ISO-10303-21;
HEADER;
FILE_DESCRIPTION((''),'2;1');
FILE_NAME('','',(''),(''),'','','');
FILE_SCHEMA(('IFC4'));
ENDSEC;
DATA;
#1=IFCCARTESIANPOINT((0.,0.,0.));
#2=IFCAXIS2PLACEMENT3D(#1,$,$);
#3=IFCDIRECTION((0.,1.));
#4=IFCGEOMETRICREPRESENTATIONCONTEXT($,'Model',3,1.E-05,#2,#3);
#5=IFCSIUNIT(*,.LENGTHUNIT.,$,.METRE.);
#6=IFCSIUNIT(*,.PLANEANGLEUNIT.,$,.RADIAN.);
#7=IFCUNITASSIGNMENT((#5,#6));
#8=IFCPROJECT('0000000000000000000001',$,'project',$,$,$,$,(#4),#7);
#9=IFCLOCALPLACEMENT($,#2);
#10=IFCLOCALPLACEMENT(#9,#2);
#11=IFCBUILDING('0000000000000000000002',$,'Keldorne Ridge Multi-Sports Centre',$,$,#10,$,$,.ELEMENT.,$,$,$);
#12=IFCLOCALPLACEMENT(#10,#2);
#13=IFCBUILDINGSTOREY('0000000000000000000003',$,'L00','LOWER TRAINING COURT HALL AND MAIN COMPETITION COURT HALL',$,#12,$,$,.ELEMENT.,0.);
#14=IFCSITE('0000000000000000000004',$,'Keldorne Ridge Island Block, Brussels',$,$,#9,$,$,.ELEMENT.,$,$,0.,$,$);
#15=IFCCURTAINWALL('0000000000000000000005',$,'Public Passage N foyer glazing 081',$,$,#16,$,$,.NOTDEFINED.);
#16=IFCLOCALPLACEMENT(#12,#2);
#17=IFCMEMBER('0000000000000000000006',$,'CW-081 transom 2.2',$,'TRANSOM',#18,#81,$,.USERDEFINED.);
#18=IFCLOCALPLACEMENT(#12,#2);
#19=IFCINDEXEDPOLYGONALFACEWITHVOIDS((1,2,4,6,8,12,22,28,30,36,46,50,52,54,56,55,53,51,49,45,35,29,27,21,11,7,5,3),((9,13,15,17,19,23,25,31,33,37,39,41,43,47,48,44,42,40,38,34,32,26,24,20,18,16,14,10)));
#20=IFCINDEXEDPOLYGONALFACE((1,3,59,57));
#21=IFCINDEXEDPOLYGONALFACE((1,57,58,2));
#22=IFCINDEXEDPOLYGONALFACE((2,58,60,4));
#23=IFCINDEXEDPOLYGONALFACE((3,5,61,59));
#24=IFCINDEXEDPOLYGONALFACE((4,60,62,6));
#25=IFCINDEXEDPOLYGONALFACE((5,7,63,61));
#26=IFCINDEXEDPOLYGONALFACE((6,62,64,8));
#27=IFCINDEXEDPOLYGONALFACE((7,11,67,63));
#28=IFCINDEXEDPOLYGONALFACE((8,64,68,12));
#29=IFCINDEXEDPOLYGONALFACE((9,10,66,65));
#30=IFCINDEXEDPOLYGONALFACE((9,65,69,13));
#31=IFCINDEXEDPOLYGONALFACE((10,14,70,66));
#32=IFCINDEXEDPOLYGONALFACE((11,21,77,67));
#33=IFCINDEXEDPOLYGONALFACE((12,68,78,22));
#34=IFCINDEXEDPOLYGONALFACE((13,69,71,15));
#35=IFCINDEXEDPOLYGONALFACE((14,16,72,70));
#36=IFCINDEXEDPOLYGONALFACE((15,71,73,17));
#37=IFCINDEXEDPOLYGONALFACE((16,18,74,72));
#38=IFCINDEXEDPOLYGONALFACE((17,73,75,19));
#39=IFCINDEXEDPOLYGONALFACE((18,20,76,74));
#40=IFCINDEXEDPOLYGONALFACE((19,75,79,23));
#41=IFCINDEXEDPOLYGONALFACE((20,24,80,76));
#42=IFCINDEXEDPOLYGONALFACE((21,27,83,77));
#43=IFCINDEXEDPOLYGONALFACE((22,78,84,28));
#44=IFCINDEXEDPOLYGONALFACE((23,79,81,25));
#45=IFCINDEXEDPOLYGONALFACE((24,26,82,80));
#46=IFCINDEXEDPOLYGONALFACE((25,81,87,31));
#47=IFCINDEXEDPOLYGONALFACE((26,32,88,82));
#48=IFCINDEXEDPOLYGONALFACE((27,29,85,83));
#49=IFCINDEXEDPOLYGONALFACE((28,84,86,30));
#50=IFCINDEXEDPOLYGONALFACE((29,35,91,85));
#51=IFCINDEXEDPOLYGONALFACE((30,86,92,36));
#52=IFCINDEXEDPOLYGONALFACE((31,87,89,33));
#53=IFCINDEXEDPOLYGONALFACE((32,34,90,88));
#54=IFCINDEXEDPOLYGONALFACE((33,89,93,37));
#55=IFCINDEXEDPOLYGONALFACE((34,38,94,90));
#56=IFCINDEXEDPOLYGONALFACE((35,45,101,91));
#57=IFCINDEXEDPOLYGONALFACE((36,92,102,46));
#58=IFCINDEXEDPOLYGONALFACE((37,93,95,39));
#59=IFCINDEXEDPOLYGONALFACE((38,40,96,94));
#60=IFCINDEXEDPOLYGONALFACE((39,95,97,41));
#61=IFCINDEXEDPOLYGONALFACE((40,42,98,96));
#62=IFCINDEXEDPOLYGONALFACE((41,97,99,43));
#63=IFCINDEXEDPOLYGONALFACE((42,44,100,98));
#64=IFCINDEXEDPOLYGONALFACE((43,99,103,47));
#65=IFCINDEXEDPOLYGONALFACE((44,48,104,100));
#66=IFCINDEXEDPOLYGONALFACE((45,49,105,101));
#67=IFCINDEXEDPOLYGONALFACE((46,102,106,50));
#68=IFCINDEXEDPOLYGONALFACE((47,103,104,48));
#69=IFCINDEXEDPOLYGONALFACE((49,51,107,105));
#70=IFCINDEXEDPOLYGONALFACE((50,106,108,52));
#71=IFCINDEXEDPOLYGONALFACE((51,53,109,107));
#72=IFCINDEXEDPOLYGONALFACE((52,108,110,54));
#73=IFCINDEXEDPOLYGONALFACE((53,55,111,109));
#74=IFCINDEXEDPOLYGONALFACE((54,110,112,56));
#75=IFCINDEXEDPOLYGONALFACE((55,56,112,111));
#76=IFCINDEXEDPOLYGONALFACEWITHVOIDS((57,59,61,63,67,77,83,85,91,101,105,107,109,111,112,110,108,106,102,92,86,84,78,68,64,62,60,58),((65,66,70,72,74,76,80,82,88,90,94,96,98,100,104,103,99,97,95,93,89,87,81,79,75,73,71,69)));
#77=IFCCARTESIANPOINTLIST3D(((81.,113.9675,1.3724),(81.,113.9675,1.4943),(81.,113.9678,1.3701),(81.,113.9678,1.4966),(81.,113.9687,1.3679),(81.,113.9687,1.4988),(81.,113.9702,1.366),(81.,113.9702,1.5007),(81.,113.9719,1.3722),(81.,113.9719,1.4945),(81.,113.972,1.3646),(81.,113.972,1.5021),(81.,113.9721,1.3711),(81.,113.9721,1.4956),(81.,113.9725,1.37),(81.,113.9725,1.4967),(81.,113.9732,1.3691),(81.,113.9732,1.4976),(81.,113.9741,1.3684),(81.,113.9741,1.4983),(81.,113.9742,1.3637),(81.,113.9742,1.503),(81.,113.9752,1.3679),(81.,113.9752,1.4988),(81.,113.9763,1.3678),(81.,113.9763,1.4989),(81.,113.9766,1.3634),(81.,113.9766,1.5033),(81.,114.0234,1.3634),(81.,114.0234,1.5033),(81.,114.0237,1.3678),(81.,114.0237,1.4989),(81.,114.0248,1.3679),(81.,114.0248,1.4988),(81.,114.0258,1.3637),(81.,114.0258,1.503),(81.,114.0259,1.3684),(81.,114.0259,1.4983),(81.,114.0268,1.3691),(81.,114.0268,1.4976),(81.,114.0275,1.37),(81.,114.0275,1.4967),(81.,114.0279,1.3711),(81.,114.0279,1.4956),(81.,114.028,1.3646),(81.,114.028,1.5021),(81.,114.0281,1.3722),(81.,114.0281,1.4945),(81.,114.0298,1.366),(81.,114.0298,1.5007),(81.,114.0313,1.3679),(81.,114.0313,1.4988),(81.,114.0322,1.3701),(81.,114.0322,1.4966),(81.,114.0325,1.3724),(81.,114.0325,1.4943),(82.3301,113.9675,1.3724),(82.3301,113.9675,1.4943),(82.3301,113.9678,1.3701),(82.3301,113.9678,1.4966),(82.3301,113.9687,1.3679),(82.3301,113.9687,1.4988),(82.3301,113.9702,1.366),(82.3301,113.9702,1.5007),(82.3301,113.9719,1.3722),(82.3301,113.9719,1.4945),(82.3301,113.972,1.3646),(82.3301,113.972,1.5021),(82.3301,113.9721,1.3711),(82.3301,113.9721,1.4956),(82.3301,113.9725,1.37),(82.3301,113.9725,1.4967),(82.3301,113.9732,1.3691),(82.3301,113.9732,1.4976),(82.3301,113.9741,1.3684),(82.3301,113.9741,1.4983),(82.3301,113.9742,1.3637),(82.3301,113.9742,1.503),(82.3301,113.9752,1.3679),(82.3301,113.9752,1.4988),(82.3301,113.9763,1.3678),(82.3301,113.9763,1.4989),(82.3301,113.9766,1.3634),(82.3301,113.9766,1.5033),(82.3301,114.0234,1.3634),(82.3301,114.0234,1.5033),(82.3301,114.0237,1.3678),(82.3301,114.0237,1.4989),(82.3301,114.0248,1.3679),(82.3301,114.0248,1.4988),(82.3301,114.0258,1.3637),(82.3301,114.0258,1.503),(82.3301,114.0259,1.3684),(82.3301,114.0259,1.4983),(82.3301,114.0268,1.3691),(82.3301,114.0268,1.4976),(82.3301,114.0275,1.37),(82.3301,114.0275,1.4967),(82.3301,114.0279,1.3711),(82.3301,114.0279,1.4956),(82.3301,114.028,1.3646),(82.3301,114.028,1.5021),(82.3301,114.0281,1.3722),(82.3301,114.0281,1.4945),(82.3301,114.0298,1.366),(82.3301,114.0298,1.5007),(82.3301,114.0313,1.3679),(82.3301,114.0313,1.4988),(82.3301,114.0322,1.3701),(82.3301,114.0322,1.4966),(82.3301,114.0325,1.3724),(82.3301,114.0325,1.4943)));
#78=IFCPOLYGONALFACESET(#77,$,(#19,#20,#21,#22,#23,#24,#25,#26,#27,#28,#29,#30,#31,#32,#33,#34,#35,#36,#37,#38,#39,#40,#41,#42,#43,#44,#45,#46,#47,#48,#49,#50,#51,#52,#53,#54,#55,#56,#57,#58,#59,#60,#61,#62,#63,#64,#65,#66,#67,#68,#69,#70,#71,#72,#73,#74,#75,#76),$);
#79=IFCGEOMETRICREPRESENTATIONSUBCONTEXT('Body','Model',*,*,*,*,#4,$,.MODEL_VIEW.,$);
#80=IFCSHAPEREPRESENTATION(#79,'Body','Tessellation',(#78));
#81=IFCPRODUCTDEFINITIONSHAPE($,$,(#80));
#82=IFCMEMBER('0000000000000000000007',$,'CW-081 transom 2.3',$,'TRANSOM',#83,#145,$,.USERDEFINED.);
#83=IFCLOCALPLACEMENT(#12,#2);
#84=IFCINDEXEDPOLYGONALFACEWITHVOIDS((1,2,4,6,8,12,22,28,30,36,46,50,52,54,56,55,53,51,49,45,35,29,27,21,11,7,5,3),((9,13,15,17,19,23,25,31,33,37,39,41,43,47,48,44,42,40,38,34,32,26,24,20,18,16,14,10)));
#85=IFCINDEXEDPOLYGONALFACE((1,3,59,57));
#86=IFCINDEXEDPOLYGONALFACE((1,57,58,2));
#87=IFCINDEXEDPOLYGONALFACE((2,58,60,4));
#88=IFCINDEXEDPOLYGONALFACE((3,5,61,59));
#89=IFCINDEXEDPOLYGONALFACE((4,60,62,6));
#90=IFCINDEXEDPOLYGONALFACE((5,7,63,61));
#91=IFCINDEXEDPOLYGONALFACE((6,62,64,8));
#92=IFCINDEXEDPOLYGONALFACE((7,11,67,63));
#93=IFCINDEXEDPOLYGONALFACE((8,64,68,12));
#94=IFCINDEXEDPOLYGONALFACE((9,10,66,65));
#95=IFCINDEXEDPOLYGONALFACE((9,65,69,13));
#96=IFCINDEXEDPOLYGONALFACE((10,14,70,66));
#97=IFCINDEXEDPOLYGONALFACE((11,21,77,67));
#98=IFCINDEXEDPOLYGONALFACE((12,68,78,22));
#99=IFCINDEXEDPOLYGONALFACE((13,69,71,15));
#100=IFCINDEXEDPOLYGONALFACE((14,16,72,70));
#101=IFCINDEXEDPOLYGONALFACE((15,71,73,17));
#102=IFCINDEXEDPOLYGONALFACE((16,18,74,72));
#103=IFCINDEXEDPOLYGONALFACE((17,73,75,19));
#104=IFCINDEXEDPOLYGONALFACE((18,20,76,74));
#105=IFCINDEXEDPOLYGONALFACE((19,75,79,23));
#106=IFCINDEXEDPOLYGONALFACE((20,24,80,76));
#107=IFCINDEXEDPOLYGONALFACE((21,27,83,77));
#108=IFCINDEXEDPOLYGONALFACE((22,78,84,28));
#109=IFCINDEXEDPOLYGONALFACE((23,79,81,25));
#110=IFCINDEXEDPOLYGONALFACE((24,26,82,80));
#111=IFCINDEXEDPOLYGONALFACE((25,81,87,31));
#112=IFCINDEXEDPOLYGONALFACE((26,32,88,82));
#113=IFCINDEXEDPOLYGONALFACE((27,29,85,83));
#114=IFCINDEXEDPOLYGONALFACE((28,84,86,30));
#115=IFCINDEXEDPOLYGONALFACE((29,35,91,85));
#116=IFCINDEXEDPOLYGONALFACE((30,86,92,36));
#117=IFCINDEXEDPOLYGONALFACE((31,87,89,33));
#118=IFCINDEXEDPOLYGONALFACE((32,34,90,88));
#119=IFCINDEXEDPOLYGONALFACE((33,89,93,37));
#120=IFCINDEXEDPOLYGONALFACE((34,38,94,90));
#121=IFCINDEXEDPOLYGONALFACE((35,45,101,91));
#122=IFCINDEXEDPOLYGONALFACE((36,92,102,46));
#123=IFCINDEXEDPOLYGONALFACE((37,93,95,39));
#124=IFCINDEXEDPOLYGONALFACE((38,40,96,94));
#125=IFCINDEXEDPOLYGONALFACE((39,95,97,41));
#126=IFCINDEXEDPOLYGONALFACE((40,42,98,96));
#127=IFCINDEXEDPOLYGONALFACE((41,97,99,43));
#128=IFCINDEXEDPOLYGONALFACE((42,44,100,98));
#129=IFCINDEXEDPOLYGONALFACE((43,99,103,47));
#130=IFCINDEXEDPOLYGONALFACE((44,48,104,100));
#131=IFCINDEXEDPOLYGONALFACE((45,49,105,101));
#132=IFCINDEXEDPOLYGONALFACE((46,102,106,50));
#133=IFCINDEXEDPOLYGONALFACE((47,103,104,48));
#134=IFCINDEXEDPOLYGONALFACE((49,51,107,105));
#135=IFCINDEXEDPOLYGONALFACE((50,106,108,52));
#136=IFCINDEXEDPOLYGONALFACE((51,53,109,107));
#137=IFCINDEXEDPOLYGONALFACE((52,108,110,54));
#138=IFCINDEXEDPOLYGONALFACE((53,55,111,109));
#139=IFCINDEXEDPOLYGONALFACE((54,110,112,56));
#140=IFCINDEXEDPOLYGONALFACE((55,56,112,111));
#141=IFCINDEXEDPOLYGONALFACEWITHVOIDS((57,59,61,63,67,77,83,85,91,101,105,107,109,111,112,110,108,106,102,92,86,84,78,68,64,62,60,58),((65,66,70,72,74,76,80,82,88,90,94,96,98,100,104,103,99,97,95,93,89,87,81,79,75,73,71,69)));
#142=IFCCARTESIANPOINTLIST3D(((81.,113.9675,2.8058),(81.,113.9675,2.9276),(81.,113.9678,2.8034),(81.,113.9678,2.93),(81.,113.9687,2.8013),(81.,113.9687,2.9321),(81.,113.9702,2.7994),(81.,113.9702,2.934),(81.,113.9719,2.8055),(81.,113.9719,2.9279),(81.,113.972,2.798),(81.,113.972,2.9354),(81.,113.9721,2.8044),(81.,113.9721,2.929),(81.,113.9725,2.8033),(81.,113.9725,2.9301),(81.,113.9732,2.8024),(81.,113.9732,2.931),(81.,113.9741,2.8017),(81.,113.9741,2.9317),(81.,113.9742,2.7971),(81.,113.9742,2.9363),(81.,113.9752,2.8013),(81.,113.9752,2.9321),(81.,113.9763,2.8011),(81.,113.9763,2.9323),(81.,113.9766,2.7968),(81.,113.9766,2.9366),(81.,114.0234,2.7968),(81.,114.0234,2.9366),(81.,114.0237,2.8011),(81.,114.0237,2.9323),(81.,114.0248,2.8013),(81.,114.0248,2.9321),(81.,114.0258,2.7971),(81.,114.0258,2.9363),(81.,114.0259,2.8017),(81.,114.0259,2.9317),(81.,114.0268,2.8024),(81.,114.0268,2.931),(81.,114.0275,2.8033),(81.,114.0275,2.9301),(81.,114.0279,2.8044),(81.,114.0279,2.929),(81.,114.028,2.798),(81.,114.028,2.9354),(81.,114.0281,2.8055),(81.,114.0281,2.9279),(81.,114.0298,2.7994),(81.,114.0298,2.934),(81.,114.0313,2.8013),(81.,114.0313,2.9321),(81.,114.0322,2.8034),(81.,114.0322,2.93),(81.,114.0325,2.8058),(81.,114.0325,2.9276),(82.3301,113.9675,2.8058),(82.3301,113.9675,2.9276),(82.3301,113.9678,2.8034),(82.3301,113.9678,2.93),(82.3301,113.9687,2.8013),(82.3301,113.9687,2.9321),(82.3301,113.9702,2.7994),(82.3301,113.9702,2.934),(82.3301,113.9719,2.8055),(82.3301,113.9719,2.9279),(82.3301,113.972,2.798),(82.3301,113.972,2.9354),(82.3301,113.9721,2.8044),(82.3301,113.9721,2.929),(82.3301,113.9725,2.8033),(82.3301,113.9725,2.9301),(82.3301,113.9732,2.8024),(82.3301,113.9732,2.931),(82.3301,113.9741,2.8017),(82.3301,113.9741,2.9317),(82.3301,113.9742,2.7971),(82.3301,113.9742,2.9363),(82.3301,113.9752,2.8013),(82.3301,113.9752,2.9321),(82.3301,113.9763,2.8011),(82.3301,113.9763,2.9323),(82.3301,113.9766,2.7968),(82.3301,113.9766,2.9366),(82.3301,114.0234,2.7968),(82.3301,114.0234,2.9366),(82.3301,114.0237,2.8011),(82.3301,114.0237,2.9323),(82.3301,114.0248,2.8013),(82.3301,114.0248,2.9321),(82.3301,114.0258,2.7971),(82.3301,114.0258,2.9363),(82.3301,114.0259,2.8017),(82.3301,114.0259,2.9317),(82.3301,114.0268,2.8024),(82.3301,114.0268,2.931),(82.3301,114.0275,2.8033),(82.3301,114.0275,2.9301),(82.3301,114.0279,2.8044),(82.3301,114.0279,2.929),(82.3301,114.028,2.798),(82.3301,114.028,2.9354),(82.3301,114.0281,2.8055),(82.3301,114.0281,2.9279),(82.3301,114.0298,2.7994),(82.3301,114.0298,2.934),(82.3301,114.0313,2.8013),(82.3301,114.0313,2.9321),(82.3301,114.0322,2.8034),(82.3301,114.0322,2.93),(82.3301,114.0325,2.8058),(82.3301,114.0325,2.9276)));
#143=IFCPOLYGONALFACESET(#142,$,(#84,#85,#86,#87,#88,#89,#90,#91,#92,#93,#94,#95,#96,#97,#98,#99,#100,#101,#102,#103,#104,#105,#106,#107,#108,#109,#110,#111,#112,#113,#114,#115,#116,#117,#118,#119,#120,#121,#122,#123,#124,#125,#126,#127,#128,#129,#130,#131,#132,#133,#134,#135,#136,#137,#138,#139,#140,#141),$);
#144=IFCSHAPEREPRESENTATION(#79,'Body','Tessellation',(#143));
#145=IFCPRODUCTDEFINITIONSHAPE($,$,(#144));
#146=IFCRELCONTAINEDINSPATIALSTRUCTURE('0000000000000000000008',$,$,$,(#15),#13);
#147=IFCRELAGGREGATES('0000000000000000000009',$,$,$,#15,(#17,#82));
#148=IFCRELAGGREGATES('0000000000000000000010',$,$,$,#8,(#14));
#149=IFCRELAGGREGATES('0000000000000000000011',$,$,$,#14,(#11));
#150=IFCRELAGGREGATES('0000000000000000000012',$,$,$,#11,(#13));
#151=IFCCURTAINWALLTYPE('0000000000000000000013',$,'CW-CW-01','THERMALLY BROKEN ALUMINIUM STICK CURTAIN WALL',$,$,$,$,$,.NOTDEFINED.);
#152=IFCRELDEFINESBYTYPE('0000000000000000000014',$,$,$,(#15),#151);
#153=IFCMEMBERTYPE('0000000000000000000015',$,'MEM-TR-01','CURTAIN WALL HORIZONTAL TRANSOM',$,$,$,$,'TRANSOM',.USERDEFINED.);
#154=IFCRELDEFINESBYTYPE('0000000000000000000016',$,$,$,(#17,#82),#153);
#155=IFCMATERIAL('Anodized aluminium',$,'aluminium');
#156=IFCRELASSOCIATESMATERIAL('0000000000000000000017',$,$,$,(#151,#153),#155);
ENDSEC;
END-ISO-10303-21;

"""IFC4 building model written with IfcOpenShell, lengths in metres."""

from ifc_helpers import new_model, si_unit, direction, frame, origin, origin_2d, place, context, subcontext, project, spatial, hollow_rectangle, extrude, material, material_profile, profile_set, type_object, element, aggregate, save


model = new_model("IFC4")

# Units and contexts
model_context = context("Model", 3, precision=1e-05, world=origin(), true_north=direction((0.0, 1.0)))
body_context = subcontext(model_context, "Body", "Model", "MODEL_VIEW")
ifc_project = project(units=[si_unit("LENGTHUNIT", "METRE"), si_unit("PLANEANGLEUNIT", "RADIAN")], contexts=[model_context])

# Site, building, storey
site_placement = place(None, origin())
site = spatial("IfcSite", under=ifc_project, at=site_placement, Name="Keldorne Ridge Island Block, Brussels", CompositionType="ELEMENT", RefElevation=0.0)
building_placement = place(site_placement, origin())
building = spatial("IfcBuilding", under=site, at=building_placement, Name="Keldorne Ridge Multi-Sports Centre", CompositionType="ELEMENT")
storey_placement = place(building_placement, origin())
storey = spatial("IfcBuildingStorey", under=building, at=storey_placement, Name="L00", Description="LOWER TRAINING COURT HALL AND MAIN COMPETITION COURT HALL", CompositionType="ELEMENT", Elevation=0.0)

# Curtain wall, members
ifc_material_1 = material(Name="Anodized aluminium", Category="aluminium")
curtain_wall_type = type_object("IfcCurtainWallType", Name="CW-CW-01", Description="THERMALLY BROKEN ALUMINIUM STICK CURTAIN WALL", PredefinedType="NOTDEFINED", material=ifc_material_1)
curtain_wall_placement = place(storey_placement, origin())
curtain_wall = element("IfcCurtainWall", 1, at=curtain_wall_placement, inside=storey, type_object=curtain_wall_type, Name="Public Passage N foyer glazing 081", PredefinedType="NOTDEFINED")
ifc_material_profile_1 = material_profile(ifc_material_1, hollow_rectangle(XDim=0.0649, YDim=0.1399, WallThickness=0.0044, InnerFilletRadius=0.0044, OuterFilletRadius=0.009, at=origin_2d()), Name="ALU TRANSOM 140x65x4.5")
ifc_profile_set_1 = profile_set([ifc_material_profile_1], Name="Anodized aluminium")
member_type_1 = type_object("IfcMemberType", Name="MEM-TR-01", Description="CURTAIN WALL HORIZONTAL TRANSOM", ElementType="TRANSOM", PredefinedType="USERDEFINED", material=ifc_profile_set_1)
member_1_placement = place(storey_placement, frame((82.3301, 114.0, 1.4333), z_axis=(-1.0, 0.0, 0.0), x_axis=(0.0, -1.0, 0.0)))
member_1 = element("IfcMember", 2, at=member_1_placement, type_object=member_type_1, Name="CW-081 transom 2.2", ObjectType="TRANSOM", PredefinedType="USERDEFINED", context=body_context, shape_type="SweptSolid", body=[
    extrude(hollow_rectangle(XDim=0.0649, YDim=0.1399, WallThickness=0.0044, InnerFilletRadius=0.0044, OuterFilletRadius=0.009, at=origin_2d()), origin(), (0.0, 0.0, 1.0), 1.3301),
])
member_2_placement = place(storey_placement, frame((82.3301, 114.0, 2.8667), z_axis=(-1.0, 0.0, 0.0), x_axis=(0.0, -1.0, 0.0)))
member_2 = element("IfcMember", 3, at=member_2_placement, type_object=member_type_1, Name="CW-081 transom 2.3", ObjectType="TRANSOM", PredefinedType="USERDEFINED", context=body_context, shape_type="SweptSolid", body=[
    extrude(hollow_rectangle(XDim=0.0649, YDim=0.1399, WallThickness=0.0044, InnerFilletRadius=0.0044, OuterFilletRadius=0.009, at=origin_2d()), origin(), (0.0, 0.0, 1.0), 1.3301),
])
aggregate(curtain_wall, [member_1, member_2])

save(model, "model.ifc")
